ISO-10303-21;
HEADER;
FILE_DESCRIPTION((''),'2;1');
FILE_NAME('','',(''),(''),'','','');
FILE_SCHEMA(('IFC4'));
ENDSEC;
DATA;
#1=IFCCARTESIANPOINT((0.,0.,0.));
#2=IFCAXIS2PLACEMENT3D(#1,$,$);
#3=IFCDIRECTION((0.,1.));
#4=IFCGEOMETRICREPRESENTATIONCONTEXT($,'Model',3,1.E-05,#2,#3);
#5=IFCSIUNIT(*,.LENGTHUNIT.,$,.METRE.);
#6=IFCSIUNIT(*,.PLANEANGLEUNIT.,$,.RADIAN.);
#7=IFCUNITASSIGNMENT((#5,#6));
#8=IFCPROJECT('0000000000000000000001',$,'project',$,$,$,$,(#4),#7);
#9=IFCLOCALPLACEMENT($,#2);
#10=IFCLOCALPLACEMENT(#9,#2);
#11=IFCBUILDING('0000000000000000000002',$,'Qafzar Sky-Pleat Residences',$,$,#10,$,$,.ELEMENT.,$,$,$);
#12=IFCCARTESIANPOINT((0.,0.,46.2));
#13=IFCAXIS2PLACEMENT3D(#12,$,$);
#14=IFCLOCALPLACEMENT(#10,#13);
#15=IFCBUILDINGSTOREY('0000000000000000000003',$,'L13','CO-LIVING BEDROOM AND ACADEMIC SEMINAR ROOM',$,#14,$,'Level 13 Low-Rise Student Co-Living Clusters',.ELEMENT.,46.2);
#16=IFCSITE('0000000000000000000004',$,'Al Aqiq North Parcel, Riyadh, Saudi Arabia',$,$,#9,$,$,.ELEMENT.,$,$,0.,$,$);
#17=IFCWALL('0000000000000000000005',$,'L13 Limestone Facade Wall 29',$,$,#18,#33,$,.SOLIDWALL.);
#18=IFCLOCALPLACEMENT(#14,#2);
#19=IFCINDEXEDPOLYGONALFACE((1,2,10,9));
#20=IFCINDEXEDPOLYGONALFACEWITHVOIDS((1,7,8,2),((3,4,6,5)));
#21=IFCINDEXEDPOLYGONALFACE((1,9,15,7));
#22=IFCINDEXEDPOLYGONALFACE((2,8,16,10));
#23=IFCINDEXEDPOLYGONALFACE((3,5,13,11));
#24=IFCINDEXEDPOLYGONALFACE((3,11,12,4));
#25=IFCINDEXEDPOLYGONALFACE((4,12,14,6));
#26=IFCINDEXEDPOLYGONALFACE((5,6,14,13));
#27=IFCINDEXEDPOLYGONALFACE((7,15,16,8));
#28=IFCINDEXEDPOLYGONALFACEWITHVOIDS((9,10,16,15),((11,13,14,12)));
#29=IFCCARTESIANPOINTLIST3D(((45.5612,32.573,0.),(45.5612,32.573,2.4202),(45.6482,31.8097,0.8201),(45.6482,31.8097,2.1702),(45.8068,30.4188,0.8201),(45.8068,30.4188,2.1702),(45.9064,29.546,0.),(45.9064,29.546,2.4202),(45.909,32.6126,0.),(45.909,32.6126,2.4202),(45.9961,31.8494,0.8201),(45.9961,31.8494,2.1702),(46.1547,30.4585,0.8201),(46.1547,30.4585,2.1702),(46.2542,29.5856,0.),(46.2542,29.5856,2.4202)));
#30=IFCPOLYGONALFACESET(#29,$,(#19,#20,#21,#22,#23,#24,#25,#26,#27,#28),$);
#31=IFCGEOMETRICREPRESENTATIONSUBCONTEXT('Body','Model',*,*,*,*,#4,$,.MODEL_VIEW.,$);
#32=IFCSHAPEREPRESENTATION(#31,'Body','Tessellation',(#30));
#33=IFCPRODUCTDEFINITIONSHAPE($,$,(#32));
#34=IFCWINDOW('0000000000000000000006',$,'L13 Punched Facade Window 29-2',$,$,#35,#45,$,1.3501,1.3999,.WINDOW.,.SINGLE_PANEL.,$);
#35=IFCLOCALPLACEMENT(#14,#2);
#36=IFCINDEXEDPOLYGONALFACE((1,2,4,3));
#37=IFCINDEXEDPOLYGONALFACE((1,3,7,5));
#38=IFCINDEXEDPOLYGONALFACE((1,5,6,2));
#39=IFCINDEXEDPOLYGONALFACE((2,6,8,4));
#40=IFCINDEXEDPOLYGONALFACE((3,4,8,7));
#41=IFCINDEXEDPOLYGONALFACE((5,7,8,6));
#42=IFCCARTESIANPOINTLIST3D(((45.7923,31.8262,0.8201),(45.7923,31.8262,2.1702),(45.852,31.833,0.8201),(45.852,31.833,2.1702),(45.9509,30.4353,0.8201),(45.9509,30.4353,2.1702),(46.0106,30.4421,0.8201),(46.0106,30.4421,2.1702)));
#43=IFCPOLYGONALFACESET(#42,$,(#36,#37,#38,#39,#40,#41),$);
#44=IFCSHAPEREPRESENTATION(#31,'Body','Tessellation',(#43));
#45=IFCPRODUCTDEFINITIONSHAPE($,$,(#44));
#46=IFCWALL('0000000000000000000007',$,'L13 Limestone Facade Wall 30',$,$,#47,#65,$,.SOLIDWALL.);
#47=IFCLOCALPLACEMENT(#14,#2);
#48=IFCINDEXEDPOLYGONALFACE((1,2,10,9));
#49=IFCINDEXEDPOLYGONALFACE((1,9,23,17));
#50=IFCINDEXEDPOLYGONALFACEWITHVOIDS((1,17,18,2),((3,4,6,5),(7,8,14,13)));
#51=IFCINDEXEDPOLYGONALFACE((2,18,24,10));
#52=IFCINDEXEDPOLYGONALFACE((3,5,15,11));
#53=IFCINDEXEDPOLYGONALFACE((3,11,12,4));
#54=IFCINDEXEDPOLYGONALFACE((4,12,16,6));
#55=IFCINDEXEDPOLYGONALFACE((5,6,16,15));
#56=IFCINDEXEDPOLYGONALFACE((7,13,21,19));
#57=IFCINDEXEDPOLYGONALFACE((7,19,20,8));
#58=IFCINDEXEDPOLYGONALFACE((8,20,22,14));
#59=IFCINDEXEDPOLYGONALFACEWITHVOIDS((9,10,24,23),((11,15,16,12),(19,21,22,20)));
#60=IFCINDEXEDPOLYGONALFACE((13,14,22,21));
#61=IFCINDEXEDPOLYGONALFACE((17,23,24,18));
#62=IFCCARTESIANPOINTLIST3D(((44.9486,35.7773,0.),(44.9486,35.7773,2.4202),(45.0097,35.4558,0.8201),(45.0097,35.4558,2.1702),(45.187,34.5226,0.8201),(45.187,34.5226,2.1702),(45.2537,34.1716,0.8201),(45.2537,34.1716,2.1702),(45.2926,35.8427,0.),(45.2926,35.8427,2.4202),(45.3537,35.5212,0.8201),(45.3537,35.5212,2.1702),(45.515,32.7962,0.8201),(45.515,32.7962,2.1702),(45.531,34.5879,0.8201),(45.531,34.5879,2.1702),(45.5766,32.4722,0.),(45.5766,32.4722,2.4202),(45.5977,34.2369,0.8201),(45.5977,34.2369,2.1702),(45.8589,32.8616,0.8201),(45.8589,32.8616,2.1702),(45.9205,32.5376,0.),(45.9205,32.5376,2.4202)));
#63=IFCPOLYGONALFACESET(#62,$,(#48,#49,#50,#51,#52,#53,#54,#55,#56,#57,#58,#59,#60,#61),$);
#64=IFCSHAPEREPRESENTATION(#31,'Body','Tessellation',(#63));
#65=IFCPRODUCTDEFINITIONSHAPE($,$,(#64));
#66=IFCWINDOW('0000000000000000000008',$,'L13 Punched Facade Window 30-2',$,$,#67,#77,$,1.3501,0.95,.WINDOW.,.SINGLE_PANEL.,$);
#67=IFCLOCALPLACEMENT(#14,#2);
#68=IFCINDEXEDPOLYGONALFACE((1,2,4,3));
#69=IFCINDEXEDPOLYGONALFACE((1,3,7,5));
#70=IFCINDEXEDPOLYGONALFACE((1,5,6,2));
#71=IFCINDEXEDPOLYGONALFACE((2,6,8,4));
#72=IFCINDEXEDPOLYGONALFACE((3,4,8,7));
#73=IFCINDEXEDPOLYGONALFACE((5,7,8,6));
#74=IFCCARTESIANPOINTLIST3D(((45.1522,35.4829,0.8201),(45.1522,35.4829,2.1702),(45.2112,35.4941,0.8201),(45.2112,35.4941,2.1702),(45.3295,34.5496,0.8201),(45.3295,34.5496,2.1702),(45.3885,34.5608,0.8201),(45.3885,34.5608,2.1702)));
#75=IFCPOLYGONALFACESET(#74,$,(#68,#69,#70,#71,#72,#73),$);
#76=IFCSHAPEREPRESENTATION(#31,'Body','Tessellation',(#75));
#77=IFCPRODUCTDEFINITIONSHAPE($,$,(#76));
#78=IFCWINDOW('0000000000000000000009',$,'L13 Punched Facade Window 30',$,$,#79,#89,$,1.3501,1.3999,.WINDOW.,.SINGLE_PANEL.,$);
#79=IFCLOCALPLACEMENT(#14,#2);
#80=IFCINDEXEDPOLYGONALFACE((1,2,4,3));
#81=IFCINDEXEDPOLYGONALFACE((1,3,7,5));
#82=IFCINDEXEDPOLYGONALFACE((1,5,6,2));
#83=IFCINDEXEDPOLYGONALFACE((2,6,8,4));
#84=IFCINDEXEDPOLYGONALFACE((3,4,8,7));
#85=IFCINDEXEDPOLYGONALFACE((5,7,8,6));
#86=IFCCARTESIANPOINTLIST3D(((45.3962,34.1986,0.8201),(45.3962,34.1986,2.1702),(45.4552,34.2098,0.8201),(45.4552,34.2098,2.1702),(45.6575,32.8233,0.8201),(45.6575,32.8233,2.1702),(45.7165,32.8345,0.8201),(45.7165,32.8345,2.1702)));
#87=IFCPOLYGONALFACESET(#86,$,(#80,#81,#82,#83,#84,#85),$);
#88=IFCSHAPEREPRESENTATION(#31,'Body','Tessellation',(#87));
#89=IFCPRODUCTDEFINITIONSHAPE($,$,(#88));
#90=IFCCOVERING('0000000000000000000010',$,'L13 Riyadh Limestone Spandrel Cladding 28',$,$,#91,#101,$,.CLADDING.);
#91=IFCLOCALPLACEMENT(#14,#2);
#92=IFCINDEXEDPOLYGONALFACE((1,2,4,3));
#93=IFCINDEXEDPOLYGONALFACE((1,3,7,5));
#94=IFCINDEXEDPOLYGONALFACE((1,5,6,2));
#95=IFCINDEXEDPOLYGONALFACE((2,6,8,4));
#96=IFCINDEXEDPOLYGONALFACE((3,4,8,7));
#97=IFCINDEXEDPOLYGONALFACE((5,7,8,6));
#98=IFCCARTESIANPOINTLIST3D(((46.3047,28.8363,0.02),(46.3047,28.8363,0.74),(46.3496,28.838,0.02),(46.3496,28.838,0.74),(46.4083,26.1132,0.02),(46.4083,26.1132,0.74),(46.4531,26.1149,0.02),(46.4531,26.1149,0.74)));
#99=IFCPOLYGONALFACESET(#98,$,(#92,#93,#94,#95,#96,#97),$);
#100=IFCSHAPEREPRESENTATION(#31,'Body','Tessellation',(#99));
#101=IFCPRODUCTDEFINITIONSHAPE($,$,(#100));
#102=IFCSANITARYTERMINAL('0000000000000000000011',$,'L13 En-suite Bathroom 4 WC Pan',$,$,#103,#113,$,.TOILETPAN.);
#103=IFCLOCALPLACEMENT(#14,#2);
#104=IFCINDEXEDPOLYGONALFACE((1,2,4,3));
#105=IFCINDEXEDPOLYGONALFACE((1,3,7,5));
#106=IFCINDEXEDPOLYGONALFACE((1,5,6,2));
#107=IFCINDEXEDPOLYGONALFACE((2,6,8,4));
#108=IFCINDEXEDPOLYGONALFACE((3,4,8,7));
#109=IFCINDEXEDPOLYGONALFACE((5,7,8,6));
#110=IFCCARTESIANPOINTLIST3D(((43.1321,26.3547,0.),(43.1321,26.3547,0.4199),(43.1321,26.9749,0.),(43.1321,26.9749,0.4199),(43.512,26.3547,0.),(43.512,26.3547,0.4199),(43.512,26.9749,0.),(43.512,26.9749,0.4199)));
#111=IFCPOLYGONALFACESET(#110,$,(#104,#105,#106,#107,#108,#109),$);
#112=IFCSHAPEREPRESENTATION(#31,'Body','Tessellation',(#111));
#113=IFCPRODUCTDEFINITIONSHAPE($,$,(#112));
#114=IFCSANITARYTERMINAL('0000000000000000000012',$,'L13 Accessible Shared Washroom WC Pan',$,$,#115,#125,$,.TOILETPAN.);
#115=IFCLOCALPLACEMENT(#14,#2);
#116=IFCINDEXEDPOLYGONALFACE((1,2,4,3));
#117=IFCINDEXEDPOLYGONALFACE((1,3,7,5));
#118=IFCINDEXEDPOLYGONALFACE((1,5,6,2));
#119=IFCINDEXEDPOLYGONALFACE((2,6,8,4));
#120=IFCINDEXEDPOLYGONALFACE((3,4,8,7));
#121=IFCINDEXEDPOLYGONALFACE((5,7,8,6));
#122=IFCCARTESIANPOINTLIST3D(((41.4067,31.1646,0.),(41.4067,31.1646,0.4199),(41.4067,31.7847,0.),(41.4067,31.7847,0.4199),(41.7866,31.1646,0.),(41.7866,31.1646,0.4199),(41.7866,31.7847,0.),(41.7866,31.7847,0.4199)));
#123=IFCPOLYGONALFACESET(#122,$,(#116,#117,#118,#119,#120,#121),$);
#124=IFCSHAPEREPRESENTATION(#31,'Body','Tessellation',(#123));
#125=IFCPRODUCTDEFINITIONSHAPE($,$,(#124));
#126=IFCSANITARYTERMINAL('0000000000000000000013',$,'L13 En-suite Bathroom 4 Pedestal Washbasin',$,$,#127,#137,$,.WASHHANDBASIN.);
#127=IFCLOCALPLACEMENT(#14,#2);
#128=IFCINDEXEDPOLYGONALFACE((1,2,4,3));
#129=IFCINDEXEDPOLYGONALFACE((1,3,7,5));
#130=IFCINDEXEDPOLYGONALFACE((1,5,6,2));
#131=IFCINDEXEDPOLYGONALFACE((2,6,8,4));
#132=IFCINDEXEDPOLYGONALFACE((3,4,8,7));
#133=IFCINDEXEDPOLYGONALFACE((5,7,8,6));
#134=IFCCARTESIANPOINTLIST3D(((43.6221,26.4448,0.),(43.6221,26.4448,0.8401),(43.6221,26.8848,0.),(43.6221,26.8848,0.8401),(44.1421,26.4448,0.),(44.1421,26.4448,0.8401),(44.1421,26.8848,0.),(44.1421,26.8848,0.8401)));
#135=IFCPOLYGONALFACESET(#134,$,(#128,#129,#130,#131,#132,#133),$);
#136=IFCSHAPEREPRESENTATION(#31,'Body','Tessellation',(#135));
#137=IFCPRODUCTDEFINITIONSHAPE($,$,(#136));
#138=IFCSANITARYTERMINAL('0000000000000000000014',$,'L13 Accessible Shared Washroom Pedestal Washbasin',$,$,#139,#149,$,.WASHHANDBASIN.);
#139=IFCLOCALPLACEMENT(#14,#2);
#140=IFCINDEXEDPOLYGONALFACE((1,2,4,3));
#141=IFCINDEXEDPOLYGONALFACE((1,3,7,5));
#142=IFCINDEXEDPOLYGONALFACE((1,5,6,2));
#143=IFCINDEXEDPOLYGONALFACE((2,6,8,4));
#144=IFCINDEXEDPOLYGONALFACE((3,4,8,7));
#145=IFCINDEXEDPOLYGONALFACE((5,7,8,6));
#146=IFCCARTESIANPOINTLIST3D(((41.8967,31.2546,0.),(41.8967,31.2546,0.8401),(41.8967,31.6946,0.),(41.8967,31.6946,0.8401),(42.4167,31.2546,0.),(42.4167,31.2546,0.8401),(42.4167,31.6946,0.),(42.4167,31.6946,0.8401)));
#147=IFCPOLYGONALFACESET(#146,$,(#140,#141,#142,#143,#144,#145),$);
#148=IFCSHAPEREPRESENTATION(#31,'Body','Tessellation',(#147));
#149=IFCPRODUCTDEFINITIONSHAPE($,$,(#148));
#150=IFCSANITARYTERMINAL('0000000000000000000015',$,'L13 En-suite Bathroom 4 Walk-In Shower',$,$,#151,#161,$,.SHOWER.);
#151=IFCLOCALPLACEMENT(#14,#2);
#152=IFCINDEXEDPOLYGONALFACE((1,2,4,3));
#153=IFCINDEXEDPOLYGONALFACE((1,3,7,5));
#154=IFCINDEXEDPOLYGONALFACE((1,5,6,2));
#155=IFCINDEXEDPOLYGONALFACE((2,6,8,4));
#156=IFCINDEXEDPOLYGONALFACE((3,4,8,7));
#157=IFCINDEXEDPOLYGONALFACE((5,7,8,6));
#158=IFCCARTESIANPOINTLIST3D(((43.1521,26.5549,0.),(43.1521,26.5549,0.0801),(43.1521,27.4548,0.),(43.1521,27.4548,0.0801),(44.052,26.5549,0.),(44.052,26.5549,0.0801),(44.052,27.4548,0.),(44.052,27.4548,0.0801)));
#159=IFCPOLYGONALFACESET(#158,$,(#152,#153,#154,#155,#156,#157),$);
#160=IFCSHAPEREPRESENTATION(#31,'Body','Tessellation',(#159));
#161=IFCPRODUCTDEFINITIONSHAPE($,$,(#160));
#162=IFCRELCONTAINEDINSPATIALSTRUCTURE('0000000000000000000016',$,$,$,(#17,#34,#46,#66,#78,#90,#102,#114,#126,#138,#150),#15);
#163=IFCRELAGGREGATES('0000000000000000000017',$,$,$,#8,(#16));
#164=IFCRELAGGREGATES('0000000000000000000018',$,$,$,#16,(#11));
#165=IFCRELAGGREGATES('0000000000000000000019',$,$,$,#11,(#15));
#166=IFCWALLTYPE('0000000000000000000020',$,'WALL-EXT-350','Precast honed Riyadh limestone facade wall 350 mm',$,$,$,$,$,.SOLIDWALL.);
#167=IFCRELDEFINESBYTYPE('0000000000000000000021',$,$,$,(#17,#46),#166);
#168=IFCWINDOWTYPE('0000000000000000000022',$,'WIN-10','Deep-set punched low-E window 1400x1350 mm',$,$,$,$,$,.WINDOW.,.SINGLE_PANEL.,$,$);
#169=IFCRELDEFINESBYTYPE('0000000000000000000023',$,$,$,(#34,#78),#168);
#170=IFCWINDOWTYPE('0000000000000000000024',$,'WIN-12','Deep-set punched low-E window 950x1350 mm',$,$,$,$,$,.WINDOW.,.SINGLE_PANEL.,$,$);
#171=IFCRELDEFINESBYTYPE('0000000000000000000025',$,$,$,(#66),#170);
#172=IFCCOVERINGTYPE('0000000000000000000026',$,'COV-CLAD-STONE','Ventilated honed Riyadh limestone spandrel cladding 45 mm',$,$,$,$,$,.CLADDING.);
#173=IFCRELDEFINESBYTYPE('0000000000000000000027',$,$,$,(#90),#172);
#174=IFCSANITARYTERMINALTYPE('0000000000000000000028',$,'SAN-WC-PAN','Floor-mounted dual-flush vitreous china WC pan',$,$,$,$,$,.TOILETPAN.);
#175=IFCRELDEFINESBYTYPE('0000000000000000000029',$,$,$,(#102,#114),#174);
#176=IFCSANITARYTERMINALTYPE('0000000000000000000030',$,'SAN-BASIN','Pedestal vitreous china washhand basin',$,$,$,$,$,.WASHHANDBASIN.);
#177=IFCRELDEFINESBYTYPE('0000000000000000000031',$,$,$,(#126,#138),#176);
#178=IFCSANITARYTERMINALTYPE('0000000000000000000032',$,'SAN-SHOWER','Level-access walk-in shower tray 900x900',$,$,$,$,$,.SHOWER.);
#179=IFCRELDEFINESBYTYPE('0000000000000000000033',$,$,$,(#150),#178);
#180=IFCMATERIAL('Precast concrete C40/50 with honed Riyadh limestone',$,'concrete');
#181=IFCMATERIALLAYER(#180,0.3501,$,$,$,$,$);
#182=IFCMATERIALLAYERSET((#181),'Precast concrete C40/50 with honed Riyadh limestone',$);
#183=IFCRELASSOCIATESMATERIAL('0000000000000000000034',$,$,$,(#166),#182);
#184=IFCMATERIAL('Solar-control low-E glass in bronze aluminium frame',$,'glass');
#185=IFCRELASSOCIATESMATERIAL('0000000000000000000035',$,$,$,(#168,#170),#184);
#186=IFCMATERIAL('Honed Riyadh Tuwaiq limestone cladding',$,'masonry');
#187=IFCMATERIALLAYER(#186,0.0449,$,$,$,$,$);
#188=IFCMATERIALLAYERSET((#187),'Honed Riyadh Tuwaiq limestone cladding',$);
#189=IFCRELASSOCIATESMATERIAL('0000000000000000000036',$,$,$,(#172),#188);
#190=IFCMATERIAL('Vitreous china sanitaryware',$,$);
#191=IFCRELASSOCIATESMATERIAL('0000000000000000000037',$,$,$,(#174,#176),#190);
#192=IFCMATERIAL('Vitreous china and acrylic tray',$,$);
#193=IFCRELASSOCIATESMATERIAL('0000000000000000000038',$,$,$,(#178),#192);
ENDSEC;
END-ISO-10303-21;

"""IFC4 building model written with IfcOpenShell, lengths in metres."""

from ifc_helpers import new_model, si_unit, direction, frame, frame_2d, origin, origin_2d, place, context, subcontext, project, spatial, rectangle, extrude, source, transform, mapped, material, layer, layer_set, type_object, element, fill, save


model = new_model("IFC4")

# Units and contexts
model_context = context("Model", 3, precision=1e-05, world=origin(), true_north=direction((0.0, 1.0)))
body_context = subcontext(model_context, "Body", "Model", "MODEL_VIEW")
ifc_project = project(units=[si_unit("LENGTHUNIT", "METRE"), si_unit("PLANEANGLEUNIT", "RADIAN")], contexts=[model_context])

# Site, building, storey
site_placement = place(None, origin())
site = spatial("IfcSite", under=ifc_project, at=site_placement, Name="Al Aqiq North Parcel, Riyadh, Saudi Arabia", CompositionType="ELEMENT", RefElevation=0.0)
building_placement = place(site_placement, origin())
building = spatial("IfcBuilding", under=site, at=building_placement, Name="Qafzar Sky-Pleat Residences", CompositionType="ELEMENT")
storey_placement = place(building_placement, frame((0.0, 0.0, 46.2)))
storey = spatial("IfcBuildingStorey", under=building, at=storey_placement, Name="L13", Description="CO-LIVING BEDROOM AND ACADEMIC SEMINAR ROOM", LongName="Level 13 Low-Rise Student Co-Living Clusters", CompositionType="ELEMENT", Elevation=46.2)

# Wall, opening, window
ifc_material_1 = material(Name="Precast concrete C40/50 with honed Riyadh limestone", Category="concrete")
ifc_layer_1 = layer(ifc_material_1, 0.3501)
ifc_layer_set_1 = layer_set([ifc_layer_1], Name="Precast concrete C40/50 with honed Riyadh limestone")
wall_type_1 = type_object("IfcWallType", Name="WALL-EXT-350", Description="Precast honed Riyadh limestone facade wall 350 mm", PredefinedType="SOLIDWALL", material=ifc_layer_set_1)
ifc_material_2 = material(Name="Solar-control low-E glass in bronze aluminium frame", Category="glass")
wall_1_placement = place(storey_placement, frame((46.0803, 29.5657, 0.0), z_axis=(0.0, 0.0, 1.0), x_axis=(-0.113307, 0.99356, 0.0)))
wall_1 = element("IfcWall", 1, at=wall_1_placement, inside=storey, type_object=wall_type_1, Name="L13 Limestone Facade Wall 29", PredefinedType="SOLIDWALL", context=body_context, shape_type="SweptSolid", body=[
    extrude(rectangle(XDim=3.0466, YDim=0.3501, at=frame_2d((1.5234, 0.0))), origin(), (0.0, 0.0, 1.0), 2.4202),
])
opening_1_placement = place(wall_1_placement, frame((0.8787, 0.0, 0.8201)))
opening_1 = element("IfcOpeningElement", 2, at=opening_1_placement, cuts=wall_1, PredefinedType="OPENING", context=body_context, shape_type="SweptSolid", body=[
    extrude(rectangle(XDim=1.3999, YDim=1.3501, at=frame_2d((0.7, 0.675))), frame((0.0, 0.1851, 0.0), z_axis=(0.0, -1.0, 0.0), x_axis=(1.0, 0.0, 0.0)), (0.0, 0.0, 1.0), 0.3701),
])
window_type_1 = type_object("IfcWindowType", Name="WIN-10", Description="Deep-set punched low-E window 1400x1350 mm", PartitioningType="SINGLE_PANEL", PredefinedType="WINDOW", material=ifc_material_2)
shared_shape_1 = source(origin(), body_context, "Body", "SweptSolid", [
    extrude(rectangle(XDim=1.3999, YDim=1.3501, at=frame_2d((0.7, 0.675))), frame((0.0, 0.03, 0.0), z_axis=(0.0, -1.0, 0.0), x_axis=(1.0, 0.0, 0.0)), (0.0, 0.0, 1.0), 0.0601),
])
window_1_placement = place(opening_1_placement, origin())
window_1 = element("IfcWindow", 3, at=window_1_placement, inside=storey, type_object=window_type_1, Name="L13 Punched Facade Window 29-2", OverallHeight=1.3501, OverallWidth=1.3999, PartitioningType="SINGLE_PANEL", PredefinedType="WINDOW", context=body_context, shape_type="MappedRepresentation", body=[
    mapped(shared_shape_1, transform((0.0, 0.0, 0.0), x_axis=(1.0, 0.0, 0.0), y_axis=(0.0, 1.0, 0.0), z_axis=(0.0, 0.0, 1.0), scale=1.0)),
])
fill(opening_1, window_1)

# Wall, openings, windows
wall_2_placement = place(storey_placement, frame((45.7485, 32.5049, 0.0), z_axis=(0.0, 0.0, 1.0), x_axis=(-0.186645, 0.982427, 0.0)))
wall_2 = element("IfcWall", 4, at=wall_2_placement, inside=storey, type_object=wall_type_1, Name="L13 Limestone Facade Wall 30", PredefinedType="SOLIDWALL", context=body_context, shape_type="SweptSolid", body=[
    extrude(rectangle(XDim=3.3643, YDim=0.3501, at=frame_2d((1.6821, 0.0))), origin(), (0.0, 0.0, 1.0), 2.4202),
])
opening_2_placement = place(wall_2_placement, frame((0.3298, 0.0, 0.8201)))
opening_2 = element("IfcOpeningElement", 5, at=opening_2_placement, cuts=wall_2, PredefinedType="OPENING", context=body_context, shape_type="SweptSolid", body=[
    extrude(rectangle(XDim=1.3999, YDim=1.3501, at=frame_2d((0.7, 0.675))), frame((0.0, 0.1851, 0.0), z_axis=(0.0, -1.0, 0.0), x_axis=(1.0, 0.0, 0.0)), (0.0, 0.0, 1.0), 0.3701),
])
opening_3_placement = place(wall_2_placement, frame((2.0869, 0.0, 0.8201)))
opening_3 = element("IfcOpeningElement", 6, at=opening_3_placement, cuts=wall_2, PredefinedType="OPENING", context=body_context, shape_type="SweptSolid", body=[
    extrude(rectangle(XDim=0.95, YDim=1.3501, at=frame_2d((0.4751, 0.675))), frame((0.0, 0.1851, 0.0), z_axis=(0.0, -1.0, 0.0), x_axis=(1.0, 0.0, 0.0)), (0.0, 0.0, 1.0), 0.3701),
])
window_type_2 = type_object("IfcWindowType", Name="WIN-12", Description="Deep-set punched low-E window 950x1350 mm", PartitioningType="SINGLE_PANEL", PredefinedType="WINDOW", material=ifc_material_2)
shared_shape_2 = source(origin(), body_context, "Body", "SweptSolid", [
    extrude(rectangle(XDim=0.95, YDim=1.3501, at=frame_2d((0.4751, 0.675))), frame((0.0, 0.03, 0.0), z_axis=(0.0, -1.0, 0.0), x_axis=(1.0, 0.0, 0.0)), (0.0, 0.0, 1.0), 0.0601),
])
window_2_placement = place(opening_3_placement, origin())
window_2 = element("IfcWindow", 7, at=window_2_placement, inside=storey, type_object=window_type_2, Name="L13 Punched Facade Window 30-2", OverallHeight=1.3501, OverallWidth=0.95, PartitioningType="SINGLE_PANEL", PredefinedType="WINDOW", context=body_context, shape_type="MappedRepresentation", body=[
    mapped(shared_shape_2, transform((0.0, 0.0, 0.0), x_axis=(1.0, 0.0, 0.0), y_axis=(0.0, 1.0, 0.0), z_axis=(0.0, 0.0, 1.0), scale=1.0)),
])
fill(opening_3, window_2)
window_3_placement = place(opening_2_placement, origin())
window_3 = element("IfcWindow", 8, at=window_3_placement, inside=storey, type_object=window_type_1, Name="L13 Punched Facade Window 30", OverallHeight=1.3501, OverallWidth=1.3999, PartitioningType="SINGLE_PANEL", PredefinedType="WINDOW", context=body_context, shape_type="MappedRepresentation", body=[
    mapped(shared_shape_1, transform((0.0, 0.0, 0.0), x_axis=(1.0, 0.0, 0.0), y_axis=(0.0, 1.0, 0.0), z_axis=(0.0, 0.0, 1.0), scale=1.0)),
])
fill(opening_2, window_3)

# Covering
ifc_material_3 = material(Name="Honed Riyadh Tuwaiq limestone cladding", Category="masonry")
ifc_layer_2 = layer(ifc_material_3, 0.0449)
ifc_layer_set_2 = layer_set([ifc_layer_2], Name="Honed Riyadh Tuwaiq limestone cladding")
covering_type = type_object("IfcCoveringType", Name="COV-CLAD-STONE", Description="Ventilated honed Riyadh limestone spandrel cladding 45 mm", PredefinedType="CLADDING", material=ifc_layer_set_2)
shared_shape_3 = source(origin(), body_context, "Body", "SweptSolid", [
    extrude(rectangle(XDim=2.7251, YDim=0.0449, at=origin_2d()), origin(), (0.0, 0.0, 1.0), 0.72),
])
covering_placement = place(storey_placement, frame((46.3789, 27.4756, 0.02), z_axis=(0.0, 0.0, 1.0), x_axis=(-0.038015, 0.999277, 0.0)))
element("IfcCovering", 9, at=covering_placement, inside=storey, type_object=covering_type, Name="L13 Riyadh Limestone Spandrel Cladding 28", PredefinedType="CLADDING", context=body_context, shape_type="MappedRepresentation", body=[
    mapped(shared_shape_3, transform((0.0, 0.0, 0.0), x_axis=(1.0, 0.0, 0.0), y_axis=(0.0, 1.0, 0.0), z_axis=(0.0, 0.0, 1.0), scale=1.0)),
])

# Sanitary terminals
ifc_material_4 = material(Name="Vitreous china sanitaryware")
sanitary_terminal_type_1 = type_object("IfcSanitaryTerminalType", Name="SAN-WC-PAN", Description="Floor-mounted dual-flush vitreous china WC pan", PredefinedType="TOILETPAN", material=ifc_material_4)
shared_shape_4 = source(origin(), body_context, "Body", "SweptSolid", [
    extrude(rectangle(XDim=0.3799, YDim=0.6201, at=origin_2d()), origin(), (0.0, 0.0, 1.0), 0.4199),
])
for number, where, z_axis, x_axis, name in (
    (10, (43.322, 26.6648, 0.0), (0.0, 0.0, 1.0), (1.0, 0.0, 0.0), "L13 En-suite Bathroom 4 WC Pan"),
    (11, (41.5967, 31.4746, 0.0), (0.0, 0.0, 1.0), (1.0, 0.0, 0.0), "L13 Accessible Shared Washroom WC Pan"),
):
    element("IfcSanitaryTerminal", number, at=place(storey_placement, frame(where, z_axis=z_axis, x_axis=x_axis)), inside=storey, type_object=sanitary_terminal_type_1, Name=name, PredefinedType="TOILETPAN", context=body_context, shape_type="MappedRepresentation", body=[
        mapped(shared_shape_4, transform((0.0, 0.0, 0.0), x_axis=(1.0, 0.0, 0.0), y_axis=(0.0, 1.0, 0.0), z_axis=(0.0, 0.0, 1.0), scale=1.0)),
    ])
sanitary_terminal_type_2 = type_object("IfcSanitaryTerminalType", Name="SAN-BASIN", Description="Pedestal vitreous china washhand basin", PredefinedType="WASHHANDBASIN", material=ifc_material_4)
shared_shape_5 = source(origin(), body_context, "Body", "SweptSolid", [
    extrude(rectangle(XDim=0.52, YDim=0.4399, at=origin_2d()), origin(), (0.0, 0.0, 1.0), 0.8401),
])
for number, where, z_axis, x_axis, name in (
    (12, (43.8821, 26.6648, 0.0), (0.0, 0.0, 1.0), (1.0, 0.0, 0.0), "L13 En-suite Bathroom 4 Pedestal Washbasin"),
    (13, (42.1567, 31.4746, 0.0), (0.0, 0.0, 1.0), (1.0, 0.0, 0.0), "L13 Accessible Shared Washroom Pedestal Washbasin"),
):
    element("IfcSanitaryTerminal", number, at=place(storey_placement, frame(where, z_axis=z_axis, x_axis=x_axis)), inside=storey, type_object=sanitary_terminal_type_2, Name=name, PredefinedType="WASHHANDBASIN", context=body_context, shape_type="MappedRepresentation", body=[
        mapped(shared_shape_5, transform((0.0, 0.0, 0.0), x_axis=(1.0, 0.0, 0.0), y_axis=(0.0, 1.0, 0.0), z_axis=(0.0, 0.0, 1.0), scale=1.0)),
    ])
ifc_material_5 = material(Name="Vitreous china and acrylic tray")
sanitary_terminal_type_3 = type_object("IfcSanitaryTerminalType", Name="SAN-SHOWER", Description="Level-access walk-in shower tray 900x900", PredefinedType="SHOWER", material=ifc_material_5)
shared_shape_6 = source(origin(), body_context, "Body", "SweptSolid", [
    extrude(rectangle(XDim=0.8999, YDim=0.8999, at=origin_2d()), origin(), (0.0, 0.0, 1.0), 0.0801),
])
sanitary_terminal_placement = place(storey_placement, frame((43.6021, 27.0049, 0.0), z_axis=(0.0, 0.0, 1.0), x_axis=(1.0, 0.0, 0.0)))
element("IfcSanitaryTerminal", 14, at=sanitary_terminal_placement, inside=storey, type_object=sanitary_terminal_type_3, Name="L13 En-suite Bathroom 4 Walk-In Shower", PredefinedType="SHOWER", context=body_context, shape_type="MappedRepresentation", body=[
    mapped(shared_shape_6, transform((0.0, 0.0, 0.0), x_axis=(1.0, 0.0, 0.0), y_axis=(0.0, 1.0, 0.0), z_axis=(0.0, 0.0, 1.0), scale=1.0)),
])

save(model, "model.ifc")
